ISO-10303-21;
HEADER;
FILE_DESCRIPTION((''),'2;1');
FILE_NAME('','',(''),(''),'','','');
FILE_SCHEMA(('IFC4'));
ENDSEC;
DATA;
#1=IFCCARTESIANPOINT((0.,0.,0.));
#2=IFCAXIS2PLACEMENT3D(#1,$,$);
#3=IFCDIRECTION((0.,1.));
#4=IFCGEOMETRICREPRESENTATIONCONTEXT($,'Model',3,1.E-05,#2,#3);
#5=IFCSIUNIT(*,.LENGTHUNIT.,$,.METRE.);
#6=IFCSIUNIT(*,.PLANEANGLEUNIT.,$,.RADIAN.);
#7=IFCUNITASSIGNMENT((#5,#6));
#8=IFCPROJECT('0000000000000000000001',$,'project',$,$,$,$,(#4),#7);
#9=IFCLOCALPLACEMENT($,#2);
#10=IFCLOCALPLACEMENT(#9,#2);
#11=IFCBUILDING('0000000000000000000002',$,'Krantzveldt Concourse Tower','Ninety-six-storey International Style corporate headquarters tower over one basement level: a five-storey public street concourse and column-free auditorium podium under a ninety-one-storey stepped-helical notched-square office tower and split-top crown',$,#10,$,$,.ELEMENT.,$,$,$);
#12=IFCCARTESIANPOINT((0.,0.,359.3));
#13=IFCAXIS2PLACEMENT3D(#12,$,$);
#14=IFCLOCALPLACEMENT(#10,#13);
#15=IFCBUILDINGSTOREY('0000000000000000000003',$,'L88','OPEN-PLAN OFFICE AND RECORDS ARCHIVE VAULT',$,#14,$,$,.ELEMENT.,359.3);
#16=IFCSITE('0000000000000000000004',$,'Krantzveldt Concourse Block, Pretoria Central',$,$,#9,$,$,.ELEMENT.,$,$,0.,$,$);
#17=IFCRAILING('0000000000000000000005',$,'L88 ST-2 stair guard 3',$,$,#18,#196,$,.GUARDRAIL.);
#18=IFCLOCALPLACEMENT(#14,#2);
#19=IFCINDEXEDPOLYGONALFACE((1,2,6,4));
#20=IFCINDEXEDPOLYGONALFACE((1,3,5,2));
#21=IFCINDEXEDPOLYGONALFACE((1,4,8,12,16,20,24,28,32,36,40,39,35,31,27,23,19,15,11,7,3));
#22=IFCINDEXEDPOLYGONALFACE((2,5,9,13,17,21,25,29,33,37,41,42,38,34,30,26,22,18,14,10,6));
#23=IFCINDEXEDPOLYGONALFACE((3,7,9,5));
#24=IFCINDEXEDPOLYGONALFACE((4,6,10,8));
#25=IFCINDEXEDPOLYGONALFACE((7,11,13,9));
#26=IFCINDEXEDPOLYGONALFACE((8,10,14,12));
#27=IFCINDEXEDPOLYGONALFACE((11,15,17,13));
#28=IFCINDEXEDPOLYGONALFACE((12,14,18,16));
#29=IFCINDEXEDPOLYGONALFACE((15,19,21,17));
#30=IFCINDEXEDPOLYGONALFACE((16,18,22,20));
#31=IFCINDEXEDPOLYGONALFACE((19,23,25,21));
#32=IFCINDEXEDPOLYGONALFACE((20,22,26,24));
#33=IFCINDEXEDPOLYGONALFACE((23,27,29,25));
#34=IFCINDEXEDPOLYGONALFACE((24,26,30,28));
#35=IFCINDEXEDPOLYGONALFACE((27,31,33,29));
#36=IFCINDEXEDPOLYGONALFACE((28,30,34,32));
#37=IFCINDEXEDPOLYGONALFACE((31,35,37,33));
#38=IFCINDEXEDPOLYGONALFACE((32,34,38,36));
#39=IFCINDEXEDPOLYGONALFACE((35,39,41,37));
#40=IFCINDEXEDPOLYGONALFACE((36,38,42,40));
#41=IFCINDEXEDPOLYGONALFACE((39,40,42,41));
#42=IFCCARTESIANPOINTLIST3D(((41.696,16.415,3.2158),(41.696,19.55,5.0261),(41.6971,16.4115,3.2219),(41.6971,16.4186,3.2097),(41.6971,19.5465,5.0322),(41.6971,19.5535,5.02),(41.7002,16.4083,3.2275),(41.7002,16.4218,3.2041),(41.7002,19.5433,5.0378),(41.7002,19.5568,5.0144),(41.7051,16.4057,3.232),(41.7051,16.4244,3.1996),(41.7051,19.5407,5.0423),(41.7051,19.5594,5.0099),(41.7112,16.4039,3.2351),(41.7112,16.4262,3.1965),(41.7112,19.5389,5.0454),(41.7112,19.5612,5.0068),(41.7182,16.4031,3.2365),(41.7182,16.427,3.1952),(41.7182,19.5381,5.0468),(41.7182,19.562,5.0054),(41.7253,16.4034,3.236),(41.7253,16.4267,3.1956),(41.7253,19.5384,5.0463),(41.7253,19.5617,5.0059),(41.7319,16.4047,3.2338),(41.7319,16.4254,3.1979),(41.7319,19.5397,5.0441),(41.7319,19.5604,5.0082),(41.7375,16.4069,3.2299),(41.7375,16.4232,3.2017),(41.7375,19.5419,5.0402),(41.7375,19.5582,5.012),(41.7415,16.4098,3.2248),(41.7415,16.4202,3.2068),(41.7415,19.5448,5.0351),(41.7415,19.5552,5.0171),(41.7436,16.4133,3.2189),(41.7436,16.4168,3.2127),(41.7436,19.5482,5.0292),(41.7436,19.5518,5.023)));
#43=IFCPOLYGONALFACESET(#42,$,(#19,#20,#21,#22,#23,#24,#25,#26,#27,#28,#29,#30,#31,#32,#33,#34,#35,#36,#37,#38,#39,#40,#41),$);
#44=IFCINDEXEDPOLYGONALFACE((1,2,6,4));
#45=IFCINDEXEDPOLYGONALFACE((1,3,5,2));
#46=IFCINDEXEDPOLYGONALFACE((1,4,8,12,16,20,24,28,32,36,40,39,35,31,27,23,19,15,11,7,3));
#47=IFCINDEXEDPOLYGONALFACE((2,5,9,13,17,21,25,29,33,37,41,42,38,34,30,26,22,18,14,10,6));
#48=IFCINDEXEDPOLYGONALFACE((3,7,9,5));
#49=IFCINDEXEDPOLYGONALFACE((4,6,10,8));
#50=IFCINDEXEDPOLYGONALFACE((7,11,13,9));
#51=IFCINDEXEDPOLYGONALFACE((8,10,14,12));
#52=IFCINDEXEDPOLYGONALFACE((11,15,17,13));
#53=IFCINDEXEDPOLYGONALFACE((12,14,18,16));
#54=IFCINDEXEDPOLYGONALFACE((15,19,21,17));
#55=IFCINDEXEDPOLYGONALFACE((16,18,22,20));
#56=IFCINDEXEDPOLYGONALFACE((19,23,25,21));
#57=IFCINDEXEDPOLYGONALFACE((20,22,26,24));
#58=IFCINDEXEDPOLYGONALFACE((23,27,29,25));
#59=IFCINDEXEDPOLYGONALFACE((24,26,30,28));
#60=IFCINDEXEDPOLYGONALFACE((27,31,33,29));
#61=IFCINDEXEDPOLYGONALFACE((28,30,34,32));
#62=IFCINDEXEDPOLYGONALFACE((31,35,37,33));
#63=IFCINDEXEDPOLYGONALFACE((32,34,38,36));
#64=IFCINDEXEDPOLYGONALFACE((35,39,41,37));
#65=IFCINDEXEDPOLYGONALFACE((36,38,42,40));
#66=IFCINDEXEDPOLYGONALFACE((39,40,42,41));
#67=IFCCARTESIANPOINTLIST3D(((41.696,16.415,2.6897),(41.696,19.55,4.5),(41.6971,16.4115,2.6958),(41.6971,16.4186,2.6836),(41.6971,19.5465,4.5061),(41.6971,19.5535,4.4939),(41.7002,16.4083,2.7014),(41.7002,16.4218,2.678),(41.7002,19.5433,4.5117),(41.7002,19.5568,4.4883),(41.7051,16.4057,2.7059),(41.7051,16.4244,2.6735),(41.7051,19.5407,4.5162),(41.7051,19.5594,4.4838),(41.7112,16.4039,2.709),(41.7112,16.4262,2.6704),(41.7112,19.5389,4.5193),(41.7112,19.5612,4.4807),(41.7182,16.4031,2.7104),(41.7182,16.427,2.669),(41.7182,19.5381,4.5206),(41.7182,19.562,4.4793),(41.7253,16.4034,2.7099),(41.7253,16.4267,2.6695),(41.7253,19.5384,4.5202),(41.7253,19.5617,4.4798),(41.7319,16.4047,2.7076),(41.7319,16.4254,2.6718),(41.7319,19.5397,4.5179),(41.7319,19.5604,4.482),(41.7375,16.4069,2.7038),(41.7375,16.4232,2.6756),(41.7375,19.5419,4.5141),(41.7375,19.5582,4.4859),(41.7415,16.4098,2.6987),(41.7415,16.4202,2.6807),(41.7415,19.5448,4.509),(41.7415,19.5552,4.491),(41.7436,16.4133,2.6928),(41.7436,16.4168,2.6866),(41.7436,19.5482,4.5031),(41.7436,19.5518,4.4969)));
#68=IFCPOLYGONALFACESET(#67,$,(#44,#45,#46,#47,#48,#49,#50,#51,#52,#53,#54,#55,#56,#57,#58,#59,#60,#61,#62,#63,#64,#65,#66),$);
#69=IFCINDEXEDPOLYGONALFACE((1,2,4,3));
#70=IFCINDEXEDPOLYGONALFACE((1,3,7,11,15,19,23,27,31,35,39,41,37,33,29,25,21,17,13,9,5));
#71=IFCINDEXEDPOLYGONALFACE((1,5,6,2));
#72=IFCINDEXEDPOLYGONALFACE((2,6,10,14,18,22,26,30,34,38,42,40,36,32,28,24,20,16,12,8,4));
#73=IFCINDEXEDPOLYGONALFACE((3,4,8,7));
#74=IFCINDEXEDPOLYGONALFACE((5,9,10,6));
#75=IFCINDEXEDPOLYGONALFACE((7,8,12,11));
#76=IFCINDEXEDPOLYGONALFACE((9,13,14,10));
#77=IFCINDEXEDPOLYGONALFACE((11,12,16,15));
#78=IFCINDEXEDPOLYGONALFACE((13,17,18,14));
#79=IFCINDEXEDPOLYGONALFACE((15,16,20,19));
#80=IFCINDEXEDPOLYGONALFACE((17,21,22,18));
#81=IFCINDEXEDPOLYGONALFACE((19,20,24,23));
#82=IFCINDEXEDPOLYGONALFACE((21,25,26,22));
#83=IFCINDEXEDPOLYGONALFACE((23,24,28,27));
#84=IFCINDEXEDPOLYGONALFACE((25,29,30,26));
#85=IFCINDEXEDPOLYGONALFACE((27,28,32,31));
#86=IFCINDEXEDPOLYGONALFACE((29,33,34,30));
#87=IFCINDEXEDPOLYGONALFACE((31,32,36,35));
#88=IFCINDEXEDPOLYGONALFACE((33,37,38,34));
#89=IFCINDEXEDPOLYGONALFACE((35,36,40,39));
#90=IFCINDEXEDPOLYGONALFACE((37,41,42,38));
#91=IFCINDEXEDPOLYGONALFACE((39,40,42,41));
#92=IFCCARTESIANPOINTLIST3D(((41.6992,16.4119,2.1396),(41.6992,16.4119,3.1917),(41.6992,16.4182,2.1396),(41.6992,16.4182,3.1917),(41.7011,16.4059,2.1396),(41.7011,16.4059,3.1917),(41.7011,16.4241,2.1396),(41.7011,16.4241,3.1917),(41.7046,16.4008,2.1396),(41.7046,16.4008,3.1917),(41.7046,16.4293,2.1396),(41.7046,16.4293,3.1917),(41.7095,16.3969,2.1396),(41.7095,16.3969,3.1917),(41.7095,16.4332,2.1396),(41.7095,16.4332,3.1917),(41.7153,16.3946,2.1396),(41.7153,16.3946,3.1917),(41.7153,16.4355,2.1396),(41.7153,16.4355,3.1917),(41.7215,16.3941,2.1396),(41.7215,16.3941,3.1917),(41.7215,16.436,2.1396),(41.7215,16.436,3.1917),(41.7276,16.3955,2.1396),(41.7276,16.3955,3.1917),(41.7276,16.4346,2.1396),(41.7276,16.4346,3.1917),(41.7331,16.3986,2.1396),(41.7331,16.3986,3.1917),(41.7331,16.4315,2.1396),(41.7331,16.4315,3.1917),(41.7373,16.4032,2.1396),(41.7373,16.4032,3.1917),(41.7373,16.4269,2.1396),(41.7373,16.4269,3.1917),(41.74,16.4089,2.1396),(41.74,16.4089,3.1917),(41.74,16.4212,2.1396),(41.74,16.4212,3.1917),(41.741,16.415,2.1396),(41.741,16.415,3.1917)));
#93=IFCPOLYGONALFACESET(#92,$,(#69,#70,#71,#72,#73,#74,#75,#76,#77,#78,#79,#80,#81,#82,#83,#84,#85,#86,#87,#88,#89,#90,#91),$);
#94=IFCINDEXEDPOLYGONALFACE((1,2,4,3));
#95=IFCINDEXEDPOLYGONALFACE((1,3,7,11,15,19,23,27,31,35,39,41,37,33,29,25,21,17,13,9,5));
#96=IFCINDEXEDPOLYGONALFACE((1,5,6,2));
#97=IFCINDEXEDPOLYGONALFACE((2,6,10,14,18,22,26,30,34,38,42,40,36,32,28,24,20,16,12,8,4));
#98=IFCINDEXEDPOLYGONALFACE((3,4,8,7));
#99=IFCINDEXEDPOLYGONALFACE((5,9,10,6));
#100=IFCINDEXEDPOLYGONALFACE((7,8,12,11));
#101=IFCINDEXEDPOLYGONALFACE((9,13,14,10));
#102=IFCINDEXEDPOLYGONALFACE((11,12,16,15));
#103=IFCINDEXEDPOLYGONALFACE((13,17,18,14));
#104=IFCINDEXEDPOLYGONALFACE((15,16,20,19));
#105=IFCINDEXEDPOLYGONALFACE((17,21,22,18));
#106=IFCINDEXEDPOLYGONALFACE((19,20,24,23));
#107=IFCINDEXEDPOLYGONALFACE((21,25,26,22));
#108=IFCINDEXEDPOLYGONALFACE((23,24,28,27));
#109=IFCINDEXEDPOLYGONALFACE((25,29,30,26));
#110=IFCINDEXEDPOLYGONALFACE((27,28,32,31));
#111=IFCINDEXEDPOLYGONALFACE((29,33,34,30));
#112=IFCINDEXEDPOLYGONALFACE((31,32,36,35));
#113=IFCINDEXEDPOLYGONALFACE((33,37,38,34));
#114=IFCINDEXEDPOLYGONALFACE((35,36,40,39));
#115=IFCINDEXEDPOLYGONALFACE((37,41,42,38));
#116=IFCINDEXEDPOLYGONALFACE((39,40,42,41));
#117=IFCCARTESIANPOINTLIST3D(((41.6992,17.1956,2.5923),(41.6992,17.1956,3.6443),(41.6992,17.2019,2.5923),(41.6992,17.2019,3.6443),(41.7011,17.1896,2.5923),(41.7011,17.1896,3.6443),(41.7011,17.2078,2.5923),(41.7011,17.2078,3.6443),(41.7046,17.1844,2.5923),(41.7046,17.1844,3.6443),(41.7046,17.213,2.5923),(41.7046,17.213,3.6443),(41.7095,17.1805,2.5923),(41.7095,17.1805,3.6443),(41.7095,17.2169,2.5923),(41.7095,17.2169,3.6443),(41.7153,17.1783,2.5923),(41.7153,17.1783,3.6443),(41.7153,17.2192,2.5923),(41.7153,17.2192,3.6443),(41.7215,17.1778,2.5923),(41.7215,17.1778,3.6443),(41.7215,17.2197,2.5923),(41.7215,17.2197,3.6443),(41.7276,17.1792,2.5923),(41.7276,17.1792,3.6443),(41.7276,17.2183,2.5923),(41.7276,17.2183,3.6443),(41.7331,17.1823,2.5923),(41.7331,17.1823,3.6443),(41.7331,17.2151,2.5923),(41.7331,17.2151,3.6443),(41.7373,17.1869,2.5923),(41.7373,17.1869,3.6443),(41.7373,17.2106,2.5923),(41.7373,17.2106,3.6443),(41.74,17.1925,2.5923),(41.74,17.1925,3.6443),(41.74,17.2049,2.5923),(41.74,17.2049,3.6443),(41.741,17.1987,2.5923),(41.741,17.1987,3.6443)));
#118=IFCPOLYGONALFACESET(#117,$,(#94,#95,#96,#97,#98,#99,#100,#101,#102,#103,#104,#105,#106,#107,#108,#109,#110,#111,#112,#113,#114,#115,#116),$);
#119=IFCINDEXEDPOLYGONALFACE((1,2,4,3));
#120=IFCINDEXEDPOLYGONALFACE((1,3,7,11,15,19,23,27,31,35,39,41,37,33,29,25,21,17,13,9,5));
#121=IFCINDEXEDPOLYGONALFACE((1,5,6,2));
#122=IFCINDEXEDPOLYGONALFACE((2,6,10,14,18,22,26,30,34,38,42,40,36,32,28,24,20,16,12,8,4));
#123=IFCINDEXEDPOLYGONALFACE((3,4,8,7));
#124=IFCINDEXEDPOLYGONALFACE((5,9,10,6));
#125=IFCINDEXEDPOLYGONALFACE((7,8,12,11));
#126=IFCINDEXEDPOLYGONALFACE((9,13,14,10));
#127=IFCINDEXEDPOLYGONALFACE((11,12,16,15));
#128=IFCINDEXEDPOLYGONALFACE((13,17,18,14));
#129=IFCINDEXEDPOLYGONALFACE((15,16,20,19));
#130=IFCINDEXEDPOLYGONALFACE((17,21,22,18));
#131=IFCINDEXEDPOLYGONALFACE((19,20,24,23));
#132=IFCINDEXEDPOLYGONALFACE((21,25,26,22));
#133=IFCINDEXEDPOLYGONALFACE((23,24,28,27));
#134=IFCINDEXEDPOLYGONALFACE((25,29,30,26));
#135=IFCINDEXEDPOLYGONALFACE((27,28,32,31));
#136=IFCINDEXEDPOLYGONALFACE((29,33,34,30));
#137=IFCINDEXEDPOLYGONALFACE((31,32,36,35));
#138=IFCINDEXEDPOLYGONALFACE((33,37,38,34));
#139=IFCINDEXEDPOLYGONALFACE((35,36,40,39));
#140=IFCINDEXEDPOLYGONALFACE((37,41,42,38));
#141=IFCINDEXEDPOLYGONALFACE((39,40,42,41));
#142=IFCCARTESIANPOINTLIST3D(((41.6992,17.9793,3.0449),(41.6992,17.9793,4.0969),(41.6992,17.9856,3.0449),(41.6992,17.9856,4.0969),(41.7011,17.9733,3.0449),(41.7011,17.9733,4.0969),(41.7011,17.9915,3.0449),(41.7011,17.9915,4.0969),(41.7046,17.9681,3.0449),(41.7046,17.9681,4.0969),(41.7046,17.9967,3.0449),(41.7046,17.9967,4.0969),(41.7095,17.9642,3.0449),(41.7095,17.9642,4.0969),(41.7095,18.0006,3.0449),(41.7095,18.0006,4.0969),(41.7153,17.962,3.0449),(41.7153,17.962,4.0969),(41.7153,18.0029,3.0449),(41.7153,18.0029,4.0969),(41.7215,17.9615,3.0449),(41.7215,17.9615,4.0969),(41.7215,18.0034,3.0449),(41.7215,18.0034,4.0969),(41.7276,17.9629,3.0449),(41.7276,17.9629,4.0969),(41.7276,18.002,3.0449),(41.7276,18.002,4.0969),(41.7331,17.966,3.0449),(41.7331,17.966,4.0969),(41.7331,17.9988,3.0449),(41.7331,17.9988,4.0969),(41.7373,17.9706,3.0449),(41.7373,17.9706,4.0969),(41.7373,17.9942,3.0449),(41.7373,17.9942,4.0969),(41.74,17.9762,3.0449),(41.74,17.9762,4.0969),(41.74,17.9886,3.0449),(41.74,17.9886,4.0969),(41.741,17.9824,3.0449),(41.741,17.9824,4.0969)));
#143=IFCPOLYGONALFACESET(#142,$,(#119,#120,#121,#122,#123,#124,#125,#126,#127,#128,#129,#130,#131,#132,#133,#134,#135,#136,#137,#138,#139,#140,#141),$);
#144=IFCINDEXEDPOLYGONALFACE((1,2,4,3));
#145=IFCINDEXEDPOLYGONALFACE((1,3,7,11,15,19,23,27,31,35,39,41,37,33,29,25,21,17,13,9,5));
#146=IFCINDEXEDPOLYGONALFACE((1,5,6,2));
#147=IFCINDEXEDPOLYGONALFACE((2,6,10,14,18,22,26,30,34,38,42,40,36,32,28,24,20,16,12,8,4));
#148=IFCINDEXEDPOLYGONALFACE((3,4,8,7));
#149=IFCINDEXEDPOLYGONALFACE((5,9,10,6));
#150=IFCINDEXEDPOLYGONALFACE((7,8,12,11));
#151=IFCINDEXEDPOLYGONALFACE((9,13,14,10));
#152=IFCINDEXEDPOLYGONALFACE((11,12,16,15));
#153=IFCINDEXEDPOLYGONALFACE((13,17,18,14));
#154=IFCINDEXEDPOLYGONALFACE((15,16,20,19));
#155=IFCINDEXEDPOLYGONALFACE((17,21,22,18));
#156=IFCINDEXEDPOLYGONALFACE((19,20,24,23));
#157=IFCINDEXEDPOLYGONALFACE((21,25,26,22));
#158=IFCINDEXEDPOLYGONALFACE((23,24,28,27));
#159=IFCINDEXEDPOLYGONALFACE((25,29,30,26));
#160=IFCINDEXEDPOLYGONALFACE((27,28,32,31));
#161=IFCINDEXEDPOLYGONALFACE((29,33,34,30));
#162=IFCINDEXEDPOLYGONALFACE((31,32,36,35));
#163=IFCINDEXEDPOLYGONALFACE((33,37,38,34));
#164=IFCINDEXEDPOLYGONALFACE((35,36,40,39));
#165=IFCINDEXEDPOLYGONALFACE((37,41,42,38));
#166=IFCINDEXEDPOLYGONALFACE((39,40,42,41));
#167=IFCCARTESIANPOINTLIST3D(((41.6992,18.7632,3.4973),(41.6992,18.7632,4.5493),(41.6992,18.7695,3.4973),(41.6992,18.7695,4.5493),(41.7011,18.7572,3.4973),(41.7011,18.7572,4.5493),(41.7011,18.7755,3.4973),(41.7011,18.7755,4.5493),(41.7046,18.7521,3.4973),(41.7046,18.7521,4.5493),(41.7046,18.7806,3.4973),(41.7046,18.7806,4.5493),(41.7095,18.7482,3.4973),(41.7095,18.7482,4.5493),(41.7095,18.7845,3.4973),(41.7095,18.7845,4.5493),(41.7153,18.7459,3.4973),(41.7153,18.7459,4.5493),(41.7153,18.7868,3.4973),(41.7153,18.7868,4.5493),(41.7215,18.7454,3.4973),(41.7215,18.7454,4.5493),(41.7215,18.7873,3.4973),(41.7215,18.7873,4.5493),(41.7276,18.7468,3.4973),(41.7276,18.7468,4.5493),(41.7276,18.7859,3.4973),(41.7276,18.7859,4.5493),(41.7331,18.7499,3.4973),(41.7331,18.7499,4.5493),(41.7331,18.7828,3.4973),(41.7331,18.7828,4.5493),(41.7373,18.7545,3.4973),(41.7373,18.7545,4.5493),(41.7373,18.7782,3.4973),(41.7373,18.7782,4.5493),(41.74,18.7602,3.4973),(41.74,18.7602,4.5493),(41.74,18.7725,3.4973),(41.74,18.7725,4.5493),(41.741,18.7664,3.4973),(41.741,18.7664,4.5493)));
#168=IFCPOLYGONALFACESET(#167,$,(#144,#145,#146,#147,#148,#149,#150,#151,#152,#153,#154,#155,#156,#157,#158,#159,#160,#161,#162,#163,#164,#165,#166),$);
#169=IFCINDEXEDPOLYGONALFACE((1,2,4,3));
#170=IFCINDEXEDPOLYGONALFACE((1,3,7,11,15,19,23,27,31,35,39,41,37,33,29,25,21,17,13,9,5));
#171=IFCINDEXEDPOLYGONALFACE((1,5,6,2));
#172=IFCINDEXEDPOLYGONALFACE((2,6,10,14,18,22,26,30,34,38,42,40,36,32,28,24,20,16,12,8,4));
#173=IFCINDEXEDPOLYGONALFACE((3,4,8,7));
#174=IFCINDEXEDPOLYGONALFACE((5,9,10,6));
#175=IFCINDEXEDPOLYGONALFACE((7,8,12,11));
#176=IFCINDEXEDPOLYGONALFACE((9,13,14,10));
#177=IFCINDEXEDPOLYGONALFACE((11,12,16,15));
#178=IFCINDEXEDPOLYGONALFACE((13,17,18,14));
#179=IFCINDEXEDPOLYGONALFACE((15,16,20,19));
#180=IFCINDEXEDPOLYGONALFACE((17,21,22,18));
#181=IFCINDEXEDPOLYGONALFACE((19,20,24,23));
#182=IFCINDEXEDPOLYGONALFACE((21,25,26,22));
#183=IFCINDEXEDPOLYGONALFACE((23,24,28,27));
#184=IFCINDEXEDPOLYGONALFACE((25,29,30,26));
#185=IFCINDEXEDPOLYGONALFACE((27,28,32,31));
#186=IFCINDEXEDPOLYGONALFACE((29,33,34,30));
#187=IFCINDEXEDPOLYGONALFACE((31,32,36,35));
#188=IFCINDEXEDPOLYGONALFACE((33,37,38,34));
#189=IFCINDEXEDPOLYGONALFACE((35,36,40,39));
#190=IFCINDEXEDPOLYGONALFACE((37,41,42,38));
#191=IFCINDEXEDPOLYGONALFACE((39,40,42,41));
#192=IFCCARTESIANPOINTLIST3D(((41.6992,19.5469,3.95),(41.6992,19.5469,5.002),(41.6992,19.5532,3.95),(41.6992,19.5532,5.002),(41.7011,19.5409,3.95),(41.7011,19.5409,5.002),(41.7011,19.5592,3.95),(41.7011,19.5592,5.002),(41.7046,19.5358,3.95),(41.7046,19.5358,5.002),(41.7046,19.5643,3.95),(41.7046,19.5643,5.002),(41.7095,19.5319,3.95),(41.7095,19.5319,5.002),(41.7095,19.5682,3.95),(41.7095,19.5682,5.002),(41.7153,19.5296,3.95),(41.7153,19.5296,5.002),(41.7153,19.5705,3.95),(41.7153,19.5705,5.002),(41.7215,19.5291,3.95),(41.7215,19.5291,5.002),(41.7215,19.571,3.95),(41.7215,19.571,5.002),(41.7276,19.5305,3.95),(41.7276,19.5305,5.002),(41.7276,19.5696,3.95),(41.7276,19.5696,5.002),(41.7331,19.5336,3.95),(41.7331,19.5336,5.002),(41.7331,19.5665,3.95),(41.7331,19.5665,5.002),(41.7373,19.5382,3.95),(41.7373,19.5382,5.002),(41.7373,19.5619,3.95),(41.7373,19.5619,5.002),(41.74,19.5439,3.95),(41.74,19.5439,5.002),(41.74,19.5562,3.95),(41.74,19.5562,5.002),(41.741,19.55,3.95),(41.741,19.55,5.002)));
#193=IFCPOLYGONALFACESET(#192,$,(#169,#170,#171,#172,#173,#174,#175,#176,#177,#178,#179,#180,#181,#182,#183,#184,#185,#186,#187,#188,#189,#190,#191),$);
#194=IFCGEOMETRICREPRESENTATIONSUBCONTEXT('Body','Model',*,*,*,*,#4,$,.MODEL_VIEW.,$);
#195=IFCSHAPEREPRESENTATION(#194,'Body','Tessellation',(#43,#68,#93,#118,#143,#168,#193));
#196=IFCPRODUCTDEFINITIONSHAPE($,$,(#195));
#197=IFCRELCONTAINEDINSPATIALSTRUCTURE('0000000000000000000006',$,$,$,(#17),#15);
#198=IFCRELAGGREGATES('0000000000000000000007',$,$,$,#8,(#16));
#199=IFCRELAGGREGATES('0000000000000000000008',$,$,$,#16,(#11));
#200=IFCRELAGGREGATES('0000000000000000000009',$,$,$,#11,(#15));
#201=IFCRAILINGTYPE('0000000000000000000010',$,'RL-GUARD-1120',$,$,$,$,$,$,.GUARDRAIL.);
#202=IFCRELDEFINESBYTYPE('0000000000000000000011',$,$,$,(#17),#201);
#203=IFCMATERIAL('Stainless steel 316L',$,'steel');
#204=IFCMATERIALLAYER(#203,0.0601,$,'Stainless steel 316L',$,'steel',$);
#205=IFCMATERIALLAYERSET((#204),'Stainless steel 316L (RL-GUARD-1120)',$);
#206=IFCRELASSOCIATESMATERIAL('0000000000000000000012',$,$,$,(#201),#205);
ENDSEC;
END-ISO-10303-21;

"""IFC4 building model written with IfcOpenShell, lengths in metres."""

from ifc_helpers import new_model, si_unit, direction, frame, origin, origin_2d, place, context, subcontext, project, spatial, circle, extrude, material, layer, layer_set, type_object, element, save


model = new_model("IFC4")

# Units and contexts
model_context = context("Model", 3, precision=1e-05, world=origin(), true_north=direction((0.0, 1.0)))
body_context = subcontext(model_context, "Body", "Model", "MODEL_VIEW")
ifc_project = project(units=[si_unit("LENGTHUNIT", "METRE"), si_unit("PLANEANGLEUNIT", "RADIAN")], contexts=[model_context])

# Site, building, storey
site_placement = place(None, origin())
site = spatial("IfcSite", under=ifc_project, at=site_placement, Name="Krantzveldt Concourse Block, Pretoria Central", CompositionType="ELEMENT", RefElevation=0.0)
building_placement = place(site_placement, origin())
building = spatial("IfcBuilding", under=site, at=building_placement, Name="Krantzveldt Concourse Tower", Description="Ninety-six-storey International Style corporate headquarters tower over one basement level: a five-storey public street concourse and column-free auditorium podium under a ninety-one-storey stepped-helical notched-square office tower and split-top crown", CompositionType="ELEMENT")
storey_placement = place(building_placement, frame((0.0, 0.0, 359.3)))
storey = spatial("IfcBuildingStorey", under=building, at=storey_placement, Name="L88", Description="OPEN-PLAN OFFICE AND RECORDS ARCHIVE VAULT", CompositionType="ELEMENT", Elevation=359.3)

# Railing
ifc_material_1 = material(Name="Stainless steel 316L", Category="steel")
ifc_layer_1 = layer(ifc_material_1, 0.0601, Name="Stainless steel 316L", Category="steel")
ifc_layer_set_1 = layer_set([ifc_layer_1], Name="Stainless steel 316L (RL-GUARD-1120)")
railing_type_1 = type_object("IfcRailingType", Name="RL-GUARD-1120", PredefinedType="GUARDRAIL", material=ifc_layer_set_1)
railing_1_placement = place(storey_placement, frame((41.72, 16.415, 2.1396)))
element("IfcRailing", 1, at=railing_1_placement, inside=storey, type_object=railing_type_1, Name="L88 ST-2 stair guard 3", PredefinedType="GUARDRAIL", context=body_context, shape_type="SweptSolid", body=[
    extrude(circle(Radius=0.0239, at=origin_2d()), frame((0.0, 0.0, 1.0762), z_axis=(0.0, 0.865989, 0.500063), x_axis=(-1.0, 0.0, 0.0)), (0.0, 0.0, 1.0), 3.6201),
    extrude(circle(Radius=0.0239, at=origin_2d()), frame((0.0, 0.0, 0.55), z_axis=(0.0, 0.865989, 0.500063), x_axis=(-1.0, 0.0, 0.0)), (0.0, 0.0, 1.0), 3.6201),
    extrude(circle(Radius=0.021, at=origin_2d()), origin(), (0.0, 0.0, 1.0), 1.052),
    extrude(circle(Radius=0.021, at=origin_2d()), frame((0.0, 0.7837, 0.4526)), (0.0, 0.0, 1.0), 1.052),
    extrude(circle(Radius=0.021, at=origin_2d()), frame((0.0, 1.5674, 0.9053)), (0.0, 0.0, 1.0), 1.052),
    extrude(circle(Radius=0.021, at=origin_2d()), frame((0.0, 2.3513, 1.3577)), (0.0, 0.0, 1.0), 1.052),
    extrude(circle(Radius=0.021, at=origin_2d()), frame((0.0, 3.135, 1.8103)), (0.0, 0.0, 1.0), 1.052),
])

save(model, "model.ifc")
